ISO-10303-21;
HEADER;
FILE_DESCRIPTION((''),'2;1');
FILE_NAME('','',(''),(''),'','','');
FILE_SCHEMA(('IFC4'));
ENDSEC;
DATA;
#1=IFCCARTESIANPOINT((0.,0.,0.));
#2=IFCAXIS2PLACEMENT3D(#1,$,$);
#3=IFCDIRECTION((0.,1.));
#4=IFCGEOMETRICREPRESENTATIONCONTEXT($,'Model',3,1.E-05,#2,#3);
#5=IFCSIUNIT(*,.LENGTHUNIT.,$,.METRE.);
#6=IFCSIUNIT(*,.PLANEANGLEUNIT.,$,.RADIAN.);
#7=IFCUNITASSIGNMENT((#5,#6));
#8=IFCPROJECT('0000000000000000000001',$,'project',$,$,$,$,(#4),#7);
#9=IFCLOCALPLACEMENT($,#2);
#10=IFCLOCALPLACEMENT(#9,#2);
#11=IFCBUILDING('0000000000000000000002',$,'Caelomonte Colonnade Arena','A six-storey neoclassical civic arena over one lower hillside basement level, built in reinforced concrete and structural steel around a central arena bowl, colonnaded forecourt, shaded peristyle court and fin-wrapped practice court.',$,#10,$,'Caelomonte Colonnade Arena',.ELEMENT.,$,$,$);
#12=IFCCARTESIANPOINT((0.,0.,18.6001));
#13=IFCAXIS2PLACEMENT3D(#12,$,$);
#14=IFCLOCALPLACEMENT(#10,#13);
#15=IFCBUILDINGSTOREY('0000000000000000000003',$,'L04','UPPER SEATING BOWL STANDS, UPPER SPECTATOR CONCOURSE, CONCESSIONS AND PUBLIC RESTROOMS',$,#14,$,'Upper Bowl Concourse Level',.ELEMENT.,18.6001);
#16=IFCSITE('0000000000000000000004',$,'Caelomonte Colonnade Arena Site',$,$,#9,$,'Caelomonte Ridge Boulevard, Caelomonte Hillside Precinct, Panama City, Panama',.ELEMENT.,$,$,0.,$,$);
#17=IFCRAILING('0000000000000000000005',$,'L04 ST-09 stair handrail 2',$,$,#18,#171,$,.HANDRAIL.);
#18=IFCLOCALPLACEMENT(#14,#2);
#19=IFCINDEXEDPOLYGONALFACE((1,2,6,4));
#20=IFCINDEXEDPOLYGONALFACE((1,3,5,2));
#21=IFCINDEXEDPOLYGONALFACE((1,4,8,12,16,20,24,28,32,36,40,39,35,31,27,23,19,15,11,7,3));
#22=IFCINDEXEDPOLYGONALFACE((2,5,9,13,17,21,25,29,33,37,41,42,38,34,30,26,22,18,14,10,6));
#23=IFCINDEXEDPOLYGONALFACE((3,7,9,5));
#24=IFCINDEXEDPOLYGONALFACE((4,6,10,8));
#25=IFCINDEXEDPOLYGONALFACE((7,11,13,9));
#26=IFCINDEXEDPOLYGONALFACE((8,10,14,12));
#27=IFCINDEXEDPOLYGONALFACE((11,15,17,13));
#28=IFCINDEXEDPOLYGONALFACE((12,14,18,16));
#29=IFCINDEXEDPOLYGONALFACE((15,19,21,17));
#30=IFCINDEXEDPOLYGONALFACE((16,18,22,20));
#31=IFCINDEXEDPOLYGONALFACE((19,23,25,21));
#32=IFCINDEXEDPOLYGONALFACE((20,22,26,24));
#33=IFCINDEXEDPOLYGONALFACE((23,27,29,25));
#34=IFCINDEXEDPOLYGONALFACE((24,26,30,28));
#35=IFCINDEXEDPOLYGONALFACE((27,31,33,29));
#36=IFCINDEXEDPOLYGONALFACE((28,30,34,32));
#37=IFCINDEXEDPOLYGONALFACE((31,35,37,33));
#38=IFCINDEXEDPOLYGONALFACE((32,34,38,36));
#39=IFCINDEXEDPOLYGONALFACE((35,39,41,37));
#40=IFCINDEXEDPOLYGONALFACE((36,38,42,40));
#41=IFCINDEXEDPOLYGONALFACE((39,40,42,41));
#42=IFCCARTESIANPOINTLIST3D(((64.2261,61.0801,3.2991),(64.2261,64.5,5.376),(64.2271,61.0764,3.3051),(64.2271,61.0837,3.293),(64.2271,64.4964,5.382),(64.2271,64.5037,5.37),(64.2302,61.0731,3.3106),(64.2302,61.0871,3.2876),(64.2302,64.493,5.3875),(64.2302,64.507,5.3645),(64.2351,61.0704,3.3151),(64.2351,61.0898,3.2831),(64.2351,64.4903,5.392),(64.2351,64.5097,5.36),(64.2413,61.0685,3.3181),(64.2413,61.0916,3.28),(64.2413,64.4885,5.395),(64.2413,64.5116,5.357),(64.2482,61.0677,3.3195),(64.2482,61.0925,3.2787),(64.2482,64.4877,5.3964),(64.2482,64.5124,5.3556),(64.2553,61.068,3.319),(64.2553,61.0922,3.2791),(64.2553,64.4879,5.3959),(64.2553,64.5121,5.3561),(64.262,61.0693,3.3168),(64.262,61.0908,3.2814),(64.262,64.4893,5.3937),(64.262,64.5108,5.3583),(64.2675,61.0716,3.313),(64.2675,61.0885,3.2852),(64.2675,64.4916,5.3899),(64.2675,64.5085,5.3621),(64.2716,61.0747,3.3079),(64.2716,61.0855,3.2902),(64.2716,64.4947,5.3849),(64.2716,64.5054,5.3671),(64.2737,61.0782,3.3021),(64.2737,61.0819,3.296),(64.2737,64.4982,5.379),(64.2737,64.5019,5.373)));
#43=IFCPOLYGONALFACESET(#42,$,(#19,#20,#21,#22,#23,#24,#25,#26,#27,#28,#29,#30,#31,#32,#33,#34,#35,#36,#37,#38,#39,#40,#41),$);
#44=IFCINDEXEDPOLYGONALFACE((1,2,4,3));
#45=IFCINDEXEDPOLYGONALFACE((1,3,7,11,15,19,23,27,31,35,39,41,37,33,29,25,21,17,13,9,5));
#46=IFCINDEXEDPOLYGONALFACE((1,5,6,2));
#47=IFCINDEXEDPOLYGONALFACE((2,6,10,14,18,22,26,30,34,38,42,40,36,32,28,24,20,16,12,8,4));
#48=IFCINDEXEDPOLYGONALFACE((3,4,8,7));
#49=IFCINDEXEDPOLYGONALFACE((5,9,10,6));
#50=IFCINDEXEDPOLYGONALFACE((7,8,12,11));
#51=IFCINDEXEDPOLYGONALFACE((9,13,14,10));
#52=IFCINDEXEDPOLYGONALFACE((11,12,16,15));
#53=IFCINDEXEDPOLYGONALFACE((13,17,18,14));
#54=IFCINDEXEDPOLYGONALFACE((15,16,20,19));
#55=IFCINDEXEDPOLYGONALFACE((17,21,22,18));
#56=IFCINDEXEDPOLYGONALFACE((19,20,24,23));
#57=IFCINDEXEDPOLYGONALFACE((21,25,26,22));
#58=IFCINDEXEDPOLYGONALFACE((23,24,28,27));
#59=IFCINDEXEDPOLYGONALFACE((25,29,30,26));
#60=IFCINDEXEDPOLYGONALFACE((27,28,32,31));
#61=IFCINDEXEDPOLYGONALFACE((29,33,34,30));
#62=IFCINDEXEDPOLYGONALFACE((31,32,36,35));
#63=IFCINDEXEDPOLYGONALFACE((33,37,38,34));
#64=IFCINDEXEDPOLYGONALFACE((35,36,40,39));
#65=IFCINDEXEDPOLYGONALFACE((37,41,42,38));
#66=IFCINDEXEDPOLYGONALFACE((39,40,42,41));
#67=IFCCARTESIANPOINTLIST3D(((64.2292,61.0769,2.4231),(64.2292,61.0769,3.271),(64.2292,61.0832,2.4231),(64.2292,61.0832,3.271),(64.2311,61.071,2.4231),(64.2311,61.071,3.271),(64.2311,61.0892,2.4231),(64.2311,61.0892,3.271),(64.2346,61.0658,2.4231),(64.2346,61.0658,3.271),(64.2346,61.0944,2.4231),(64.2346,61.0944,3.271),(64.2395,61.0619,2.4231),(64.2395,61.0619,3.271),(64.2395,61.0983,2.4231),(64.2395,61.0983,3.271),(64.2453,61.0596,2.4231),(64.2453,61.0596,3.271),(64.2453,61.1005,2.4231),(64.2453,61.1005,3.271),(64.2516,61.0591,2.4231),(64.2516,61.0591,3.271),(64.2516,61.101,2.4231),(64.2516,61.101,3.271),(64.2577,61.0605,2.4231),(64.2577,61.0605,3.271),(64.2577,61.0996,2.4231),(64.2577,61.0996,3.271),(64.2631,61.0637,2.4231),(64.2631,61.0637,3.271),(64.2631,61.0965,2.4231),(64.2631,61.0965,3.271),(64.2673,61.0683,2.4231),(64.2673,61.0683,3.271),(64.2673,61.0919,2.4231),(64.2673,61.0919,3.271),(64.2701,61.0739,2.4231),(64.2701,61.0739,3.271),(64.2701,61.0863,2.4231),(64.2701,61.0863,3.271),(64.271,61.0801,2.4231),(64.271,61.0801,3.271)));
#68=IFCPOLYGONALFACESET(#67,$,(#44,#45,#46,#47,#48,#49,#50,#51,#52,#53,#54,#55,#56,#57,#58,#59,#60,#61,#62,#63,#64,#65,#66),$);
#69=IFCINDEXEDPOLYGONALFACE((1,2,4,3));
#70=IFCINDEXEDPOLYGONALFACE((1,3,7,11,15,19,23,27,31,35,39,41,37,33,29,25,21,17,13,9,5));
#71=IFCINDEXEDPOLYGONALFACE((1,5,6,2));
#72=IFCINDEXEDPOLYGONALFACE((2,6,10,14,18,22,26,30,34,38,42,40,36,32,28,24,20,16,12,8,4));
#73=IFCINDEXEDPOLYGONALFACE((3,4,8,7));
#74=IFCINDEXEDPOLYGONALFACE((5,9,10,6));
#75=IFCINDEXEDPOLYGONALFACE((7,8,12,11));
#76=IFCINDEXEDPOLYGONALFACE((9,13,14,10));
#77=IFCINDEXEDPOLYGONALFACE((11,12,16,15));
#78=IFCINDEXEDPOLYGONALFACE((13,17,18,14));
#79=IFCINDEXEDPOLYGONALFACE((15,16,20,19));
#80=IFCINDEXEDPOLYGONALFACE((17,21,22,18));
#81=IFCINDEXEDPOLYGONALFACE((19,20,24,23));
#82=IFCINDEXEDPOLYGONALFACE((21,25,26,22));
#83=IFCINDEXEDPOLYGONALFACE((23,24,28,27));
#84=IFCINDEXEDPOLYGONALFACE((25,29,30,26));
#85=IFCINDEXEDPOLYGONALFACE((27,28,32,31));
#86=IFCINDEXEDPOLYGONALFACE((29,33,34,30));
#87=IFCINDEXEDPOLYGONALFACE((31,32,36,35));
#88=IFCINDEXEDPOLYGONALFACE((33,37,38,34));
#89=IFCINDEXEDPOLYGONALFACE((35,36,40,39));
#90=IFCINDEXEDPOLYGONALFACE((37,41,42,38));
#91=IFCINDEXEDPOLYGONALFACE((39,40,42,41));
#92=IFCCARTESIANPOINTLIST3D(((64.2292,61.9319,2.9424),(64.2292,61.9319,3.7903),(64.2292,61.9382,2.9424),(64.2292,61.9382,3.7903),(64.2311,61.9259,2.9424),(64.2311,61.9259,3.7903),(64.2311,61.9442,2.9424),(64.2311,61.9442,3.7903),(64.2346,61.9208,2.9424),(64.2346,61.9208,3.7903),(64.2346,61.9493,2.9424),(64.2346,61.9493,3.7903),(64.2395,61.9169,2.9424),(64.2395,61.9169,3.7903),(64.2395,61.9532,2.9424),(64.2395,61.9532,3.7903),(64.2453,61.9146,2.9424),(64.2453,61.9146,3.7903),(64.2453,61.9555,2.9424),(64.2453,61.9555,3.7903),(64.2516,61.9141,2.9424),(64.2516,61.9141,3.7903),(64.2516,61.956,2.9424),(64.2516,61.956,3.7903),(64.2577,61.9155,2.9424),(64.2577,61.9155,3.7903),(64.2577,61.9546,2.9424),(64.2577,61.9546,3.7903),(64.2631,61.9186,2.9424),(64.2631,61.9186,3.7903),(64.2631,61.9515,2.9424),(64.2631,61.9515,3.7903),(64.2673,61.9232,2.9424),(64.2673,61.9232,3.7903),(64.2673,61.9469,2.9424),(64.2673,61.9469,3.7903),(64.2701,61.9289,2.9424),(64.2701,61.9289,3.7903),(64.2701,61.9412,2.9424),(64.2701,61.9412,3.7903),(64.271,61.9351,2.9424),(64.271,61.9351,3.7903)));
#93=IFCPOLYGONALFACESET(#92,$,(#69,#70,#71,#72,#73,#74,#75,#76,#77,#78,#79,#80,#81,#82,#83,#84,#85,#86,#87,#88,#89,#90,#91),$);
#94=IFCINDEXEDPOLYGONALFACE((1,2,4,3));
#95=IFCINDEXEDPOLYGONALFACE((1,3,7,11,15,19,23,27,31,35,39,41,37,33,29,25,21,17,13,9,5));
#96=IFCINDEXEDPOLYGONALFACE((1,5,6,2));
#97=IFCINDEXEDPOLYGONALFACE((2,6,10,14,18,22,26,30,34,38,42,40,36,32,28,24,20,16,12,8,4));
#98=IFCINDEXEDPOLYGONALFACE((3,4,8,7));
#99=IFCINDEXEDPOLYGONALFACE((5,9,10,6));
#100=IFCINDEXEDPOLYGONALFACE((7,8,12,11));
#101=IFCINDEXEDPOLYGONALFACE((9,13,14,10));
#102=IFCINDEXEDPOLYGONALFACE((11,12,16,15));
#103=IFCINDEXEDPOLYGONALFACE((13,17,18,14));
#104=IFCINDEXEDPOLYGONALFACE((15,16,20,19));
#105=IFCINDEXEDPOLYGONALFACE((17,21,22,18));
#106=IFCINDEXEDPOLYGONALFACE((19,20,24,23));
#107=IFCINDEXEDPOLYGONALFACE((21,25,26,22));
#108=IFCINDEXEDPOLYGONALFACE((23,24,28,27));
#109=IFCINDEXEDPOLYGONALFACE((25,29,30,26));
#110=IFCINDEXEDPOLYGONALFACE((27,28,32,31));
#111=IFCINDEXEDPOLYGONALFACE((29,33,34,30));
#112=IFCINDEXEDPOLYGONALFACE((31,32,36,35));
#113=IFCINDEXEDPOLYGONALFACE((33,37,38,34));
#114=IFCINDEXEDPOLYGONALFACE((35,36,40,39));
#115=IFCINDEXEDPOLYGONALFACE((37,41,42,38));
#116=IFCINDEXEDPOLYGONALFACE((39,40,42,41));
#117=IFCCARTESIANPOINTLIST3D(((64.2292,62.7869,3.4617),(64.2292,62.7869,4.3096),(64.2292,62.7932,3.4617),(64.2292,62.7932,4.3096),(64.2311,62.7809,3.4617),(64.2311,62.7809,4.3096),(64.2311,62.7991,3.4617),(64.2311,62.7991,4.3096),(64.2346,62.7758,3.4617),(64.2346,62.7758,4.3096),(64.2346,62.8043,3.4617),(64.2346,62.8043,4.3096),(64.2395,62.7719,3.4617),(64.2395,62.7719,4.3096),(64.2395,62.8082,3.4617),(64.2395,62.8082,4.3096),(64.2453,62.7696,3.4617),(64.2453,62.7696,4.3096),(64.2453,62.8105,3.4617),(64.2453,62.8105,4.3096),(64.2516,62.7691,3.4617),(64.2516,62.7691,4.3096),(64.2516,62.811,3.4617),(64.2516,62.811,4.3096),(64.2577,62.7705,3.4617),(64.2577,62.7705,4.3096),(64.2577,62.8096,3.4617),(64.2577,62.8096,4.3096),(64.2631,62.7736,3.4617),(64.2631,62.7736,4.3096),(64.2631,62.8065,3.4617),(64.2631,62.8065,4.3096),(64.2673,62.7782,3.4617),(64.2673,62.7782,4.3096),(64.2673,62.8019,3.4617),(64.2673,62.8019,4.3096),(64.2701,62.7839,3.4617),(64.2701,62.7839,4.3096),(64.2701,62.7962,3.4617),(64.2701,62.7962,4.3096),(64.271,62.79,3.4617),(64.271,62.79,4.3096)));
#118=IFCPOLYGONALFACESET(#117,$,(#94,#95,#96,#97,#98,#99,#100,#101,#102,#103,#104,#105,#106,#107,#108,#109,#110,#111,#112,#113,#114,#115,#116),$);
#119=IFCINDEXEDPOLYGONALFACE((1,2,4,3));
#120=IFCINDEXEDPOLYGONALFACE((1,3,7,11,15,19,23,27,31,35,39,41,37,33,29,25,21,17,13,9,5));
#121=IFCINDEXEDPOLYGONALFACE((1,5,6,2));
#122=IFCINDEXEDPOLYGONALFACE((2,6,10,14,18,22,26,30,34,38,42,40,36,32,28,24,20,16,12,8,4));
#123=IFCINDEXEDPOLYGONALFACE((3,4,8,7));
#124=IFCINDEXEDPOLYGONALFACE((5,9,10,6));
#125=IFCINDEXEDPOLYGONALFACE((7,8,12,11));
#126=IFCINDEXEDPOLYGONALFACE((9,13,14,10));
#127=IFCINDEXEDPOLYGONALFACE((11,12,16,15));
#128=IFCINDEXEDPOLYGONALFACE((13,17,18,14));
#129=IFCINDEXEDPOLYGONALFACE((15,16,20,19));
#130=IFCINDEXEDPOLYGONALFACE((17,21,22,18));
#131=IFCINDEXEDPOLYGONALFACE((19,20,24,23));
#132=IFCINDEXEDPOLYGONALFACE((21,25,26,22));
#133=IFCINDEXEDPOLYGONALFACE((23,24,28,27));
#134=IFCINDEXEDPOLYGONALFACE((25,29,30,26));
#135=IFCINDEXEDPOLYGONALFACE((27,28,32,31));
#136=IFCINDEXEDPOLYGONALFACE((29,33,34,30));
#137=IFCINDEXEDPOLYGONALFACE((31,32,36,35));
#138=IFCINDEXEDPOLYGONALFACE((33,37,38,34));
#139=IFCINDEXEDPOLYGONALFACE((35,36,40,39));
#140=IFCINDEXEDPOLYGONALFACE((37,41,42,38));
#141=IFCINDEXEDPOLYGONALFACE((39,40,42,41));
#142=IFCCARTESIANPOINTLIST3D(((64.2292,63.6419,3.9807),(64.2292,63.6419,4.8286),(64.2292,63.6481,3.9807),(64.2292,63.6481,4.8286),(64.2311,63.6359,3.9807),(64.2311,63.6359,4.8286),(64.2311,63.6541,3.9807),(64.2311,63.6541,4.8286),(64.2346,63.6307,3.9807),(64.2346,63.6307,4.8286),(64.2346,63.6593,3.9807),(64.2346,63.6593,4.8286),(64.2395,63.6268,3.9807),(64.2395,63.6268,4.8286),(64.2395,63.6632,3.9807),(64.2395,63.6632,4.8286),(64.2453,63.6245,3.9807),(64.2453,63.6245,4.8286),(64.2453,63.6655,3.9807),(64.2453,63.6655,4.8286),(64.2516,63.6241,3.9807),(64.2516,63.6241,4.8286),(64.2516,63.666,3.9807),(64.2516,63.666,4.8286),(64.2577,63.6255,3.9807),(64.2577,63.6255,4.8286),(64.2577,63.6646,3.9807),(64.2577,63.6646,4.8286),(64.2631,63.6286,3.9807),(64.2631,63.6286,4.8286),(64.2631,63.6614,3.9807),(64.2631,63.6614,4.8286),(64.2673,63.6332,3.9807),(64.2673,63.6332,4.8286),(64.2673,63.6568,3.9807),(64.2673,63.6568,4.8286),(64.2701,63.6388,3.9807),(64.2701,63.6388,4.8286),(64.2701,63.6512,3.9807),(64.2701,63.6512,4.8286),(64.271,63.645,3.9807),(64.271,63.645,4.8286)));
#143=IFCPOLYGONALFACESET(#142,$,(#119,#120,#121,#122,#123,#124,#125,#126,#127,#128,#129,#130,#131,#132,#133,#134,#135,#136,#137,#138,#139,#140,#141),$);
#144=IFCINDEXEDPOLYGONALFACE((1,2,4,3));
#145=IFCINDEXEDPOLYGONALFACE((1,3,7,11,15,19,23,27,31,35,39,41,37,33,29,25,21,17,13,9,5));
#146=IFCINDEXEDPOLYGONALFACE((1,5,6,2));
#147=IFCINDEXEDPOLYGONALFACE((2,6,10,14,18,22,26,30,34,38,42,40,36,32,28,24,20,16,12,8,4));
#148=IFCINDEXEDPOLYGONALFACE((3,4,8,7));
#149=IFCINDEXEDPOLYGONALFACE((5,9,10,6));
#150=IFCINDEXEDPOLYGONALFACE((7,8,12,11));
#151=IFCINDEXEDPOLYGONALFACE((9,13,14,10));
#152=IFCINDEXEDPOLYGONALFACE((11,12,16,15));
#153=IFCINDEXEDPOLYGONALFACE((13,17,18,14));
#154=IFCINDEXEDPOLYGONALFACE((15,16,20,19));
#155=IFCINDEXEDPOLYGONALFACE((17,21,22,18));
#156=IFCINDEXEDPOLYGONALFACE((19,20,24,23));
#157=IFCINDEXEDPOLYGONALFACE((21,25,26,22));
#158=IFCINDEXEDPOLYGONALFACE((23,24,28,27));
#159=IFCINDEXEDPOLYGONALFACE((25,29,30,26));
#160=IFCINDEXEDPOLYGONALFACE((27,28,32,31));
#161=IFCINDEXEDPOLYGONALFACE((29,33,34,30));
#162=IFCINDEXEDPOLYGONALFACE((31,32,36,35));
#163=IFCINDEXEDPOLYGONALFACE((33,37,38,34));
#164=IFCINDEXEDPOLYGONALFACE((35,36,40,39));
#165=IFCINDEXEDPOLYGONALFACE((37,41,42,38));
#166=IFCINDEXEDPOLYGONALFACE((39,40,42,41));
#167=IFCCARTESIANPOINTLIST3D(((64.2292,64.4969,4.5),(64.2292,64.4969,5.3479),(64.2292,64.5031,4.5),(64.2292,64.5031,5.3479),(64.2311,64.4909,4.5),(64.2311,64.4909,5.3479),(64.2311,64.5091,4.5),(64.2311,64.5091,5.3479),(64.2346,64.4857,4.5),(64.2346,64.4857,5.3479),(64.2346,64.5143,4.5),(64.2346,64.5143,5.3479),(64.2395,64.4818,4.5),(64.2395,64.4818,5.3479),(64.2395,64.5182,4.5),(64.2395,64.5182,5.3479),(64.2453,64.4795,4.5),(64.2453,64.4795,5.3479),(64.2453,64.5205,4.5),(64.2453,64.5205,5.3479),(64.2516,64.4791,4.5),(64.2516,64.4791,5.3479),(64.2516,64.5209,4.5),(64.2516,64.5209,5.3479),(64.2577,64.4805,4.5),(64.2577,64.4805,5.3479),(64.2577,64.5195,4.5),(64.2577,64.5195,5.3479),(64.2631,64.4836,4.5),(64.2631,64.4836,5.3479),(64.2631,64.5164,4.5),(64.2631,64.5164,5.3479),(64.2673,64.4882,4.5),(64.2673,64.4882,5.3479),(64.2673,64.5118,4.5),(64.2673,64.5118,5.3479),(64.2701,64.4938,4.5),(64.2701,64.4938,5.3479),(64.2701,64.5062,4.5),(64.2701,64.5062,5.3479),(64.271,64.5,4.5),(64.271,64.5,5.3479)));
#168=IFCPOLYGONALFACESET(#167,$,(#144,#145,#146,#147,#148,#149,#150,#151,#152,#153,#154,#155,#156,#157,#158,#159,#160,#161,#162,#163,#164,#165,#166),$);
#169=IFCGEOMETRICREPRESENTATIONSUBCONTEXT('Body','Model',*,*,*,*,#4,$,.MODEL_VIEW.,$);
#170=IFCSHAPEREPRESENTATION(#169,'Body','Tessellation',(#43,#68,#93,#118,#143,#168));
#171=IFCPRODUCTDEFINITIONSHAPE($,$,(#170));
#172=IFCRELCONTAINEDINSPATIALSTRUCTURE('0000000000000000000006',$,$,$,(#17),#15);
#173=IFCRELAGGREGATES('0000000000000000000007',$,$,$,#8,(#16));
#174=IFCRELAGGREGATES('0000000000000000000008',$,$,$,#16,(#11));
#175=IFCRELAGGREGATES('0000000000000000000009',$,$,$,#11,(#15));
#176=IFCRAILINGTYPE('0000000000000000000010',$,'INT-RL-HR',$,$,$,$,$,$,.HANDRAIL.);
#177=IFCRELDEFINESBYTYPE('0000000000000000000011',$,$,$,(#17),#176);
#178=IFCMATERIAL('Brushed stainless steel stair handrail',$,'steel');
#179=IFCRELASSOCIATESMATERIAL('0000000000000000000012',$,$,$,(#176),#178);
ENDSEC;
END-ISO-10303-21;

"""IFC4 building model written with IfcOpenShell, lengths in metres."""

from ifc_helpers import new_model, si_unit, direction, frame, origin, origin_2d, place, context, subcontext, project, spatial, circle, extrude, material, type_object, element, save


model = new_model("IFC4")

# Units and contexts
model_context = context("Model", 3, precision=1e-05, world=origin(), true_north=direction((0.0, 1.0)))
body_context = subcontext(model_context, "Body", "Model", "MODEL_VIEW")
ifc_project = project(units=[si_unit("LENGTHUNIT", "METRE"), si_unit("PLANEANGLEUNIT", "RADIAN")], contexts=[model_context])

# Site, building, storey
site_placement = place(None, origin())
site = spatial("IfcSite", under=ifc_project, at=site_placement, Name="Caelomonte Colonnade Arena Site", LongName="Caelomonte Ridge Boulevard, Caelomonte Hillside Precinct, Panama City, Panama", CompositionType="ELEMENT", RefElevation=0.0)
building_placement = place(site_placement, origin())
building = spatial("IfcBuilding", under=site, at=building_placement, Name="Caelomonte Colonnade Arena", Description="A six-storey neoclassical civic arena over one lower hillside basement level, built in reinforced concrete and structural steel around a central arena bowl, colonnaded forecourt, shaded peristyle court and fin-wrapped practice court.", LongName="Caelomonte Colonnade Arena", CompositionType="ELEMENT")
storey_placement = place(building_placement, frame((0.0, 0.0, 18.6001)))
storey = spatial("IfcBuildingStorey", under=building, at=storey_placement, Name="L04", Description="UPPER SEATING BOWL STANDS, UPPER SPECTATOR CONCOURSE, CONCESSIONS AND PUBLIC RESTROOMS", LongName="Upper Bowl Concourse Level", CompositionType="ELEMENT", Elevation=18.6001)

# Railing
ifc_material_1 = material(Name="Brushed stainless steel stair handrail", Category="steel")
railing_type_1 = type_object("IfcRailingType", Name="INT-RL-HR", PredefinedType="HANDRAIL", material=ifc_material_1)
railing_1_placement = place(storey_placement, frame((64.25, 61.0801, 2.4231)))
element("IfcRailing", 1, at=railing_1_placement, inside=storey, type_object=railing_type_1, Name="L04 ST-09 stair handrail 2", PredefinedType="HANDRAIL", context=body_context, shape_type="SweptSolid", body=[
    extrude(circle(Radius=0.0239, at=origin_2d()), frame((0.0, 0.0, 0.876), z_axis=(0.0, 0.85473, 0.519074), x_axis=(-1.0, 0.0, 0.0)), (0.0, 0.0, 1.0), 4.0012),
    extrude(circle(Radius=0.021, at=origin_2d()), origin(), (0.0, 0.0, 1.0), 0.8479),
    extrude(circle(Radius=0.021, at=origin_2d()), frame((0.0, 0.855, 0.5193)), (0.0, 0.0, 1.0), 0.8479),
    extrude(circle(Radius=0.021, at=origin_2d()), frame((0.0, 1.71, 1.0386)), (0.0, 0.0, 1.0), 0.8479),
    extrude(circle(Radius=0.021, at=origin_2d()), frame((0.0, 2.5649, 1.5576)), (0.0, 0.0, 1.0), 0.8479),
    extrude(circle(Radius=0.021, at=origin_2d()), frame((0.0, 3.4199, 2.0769)), (0.0, 0.0, 1.0), 0.8479),
])

save(model, "model.ifc")
